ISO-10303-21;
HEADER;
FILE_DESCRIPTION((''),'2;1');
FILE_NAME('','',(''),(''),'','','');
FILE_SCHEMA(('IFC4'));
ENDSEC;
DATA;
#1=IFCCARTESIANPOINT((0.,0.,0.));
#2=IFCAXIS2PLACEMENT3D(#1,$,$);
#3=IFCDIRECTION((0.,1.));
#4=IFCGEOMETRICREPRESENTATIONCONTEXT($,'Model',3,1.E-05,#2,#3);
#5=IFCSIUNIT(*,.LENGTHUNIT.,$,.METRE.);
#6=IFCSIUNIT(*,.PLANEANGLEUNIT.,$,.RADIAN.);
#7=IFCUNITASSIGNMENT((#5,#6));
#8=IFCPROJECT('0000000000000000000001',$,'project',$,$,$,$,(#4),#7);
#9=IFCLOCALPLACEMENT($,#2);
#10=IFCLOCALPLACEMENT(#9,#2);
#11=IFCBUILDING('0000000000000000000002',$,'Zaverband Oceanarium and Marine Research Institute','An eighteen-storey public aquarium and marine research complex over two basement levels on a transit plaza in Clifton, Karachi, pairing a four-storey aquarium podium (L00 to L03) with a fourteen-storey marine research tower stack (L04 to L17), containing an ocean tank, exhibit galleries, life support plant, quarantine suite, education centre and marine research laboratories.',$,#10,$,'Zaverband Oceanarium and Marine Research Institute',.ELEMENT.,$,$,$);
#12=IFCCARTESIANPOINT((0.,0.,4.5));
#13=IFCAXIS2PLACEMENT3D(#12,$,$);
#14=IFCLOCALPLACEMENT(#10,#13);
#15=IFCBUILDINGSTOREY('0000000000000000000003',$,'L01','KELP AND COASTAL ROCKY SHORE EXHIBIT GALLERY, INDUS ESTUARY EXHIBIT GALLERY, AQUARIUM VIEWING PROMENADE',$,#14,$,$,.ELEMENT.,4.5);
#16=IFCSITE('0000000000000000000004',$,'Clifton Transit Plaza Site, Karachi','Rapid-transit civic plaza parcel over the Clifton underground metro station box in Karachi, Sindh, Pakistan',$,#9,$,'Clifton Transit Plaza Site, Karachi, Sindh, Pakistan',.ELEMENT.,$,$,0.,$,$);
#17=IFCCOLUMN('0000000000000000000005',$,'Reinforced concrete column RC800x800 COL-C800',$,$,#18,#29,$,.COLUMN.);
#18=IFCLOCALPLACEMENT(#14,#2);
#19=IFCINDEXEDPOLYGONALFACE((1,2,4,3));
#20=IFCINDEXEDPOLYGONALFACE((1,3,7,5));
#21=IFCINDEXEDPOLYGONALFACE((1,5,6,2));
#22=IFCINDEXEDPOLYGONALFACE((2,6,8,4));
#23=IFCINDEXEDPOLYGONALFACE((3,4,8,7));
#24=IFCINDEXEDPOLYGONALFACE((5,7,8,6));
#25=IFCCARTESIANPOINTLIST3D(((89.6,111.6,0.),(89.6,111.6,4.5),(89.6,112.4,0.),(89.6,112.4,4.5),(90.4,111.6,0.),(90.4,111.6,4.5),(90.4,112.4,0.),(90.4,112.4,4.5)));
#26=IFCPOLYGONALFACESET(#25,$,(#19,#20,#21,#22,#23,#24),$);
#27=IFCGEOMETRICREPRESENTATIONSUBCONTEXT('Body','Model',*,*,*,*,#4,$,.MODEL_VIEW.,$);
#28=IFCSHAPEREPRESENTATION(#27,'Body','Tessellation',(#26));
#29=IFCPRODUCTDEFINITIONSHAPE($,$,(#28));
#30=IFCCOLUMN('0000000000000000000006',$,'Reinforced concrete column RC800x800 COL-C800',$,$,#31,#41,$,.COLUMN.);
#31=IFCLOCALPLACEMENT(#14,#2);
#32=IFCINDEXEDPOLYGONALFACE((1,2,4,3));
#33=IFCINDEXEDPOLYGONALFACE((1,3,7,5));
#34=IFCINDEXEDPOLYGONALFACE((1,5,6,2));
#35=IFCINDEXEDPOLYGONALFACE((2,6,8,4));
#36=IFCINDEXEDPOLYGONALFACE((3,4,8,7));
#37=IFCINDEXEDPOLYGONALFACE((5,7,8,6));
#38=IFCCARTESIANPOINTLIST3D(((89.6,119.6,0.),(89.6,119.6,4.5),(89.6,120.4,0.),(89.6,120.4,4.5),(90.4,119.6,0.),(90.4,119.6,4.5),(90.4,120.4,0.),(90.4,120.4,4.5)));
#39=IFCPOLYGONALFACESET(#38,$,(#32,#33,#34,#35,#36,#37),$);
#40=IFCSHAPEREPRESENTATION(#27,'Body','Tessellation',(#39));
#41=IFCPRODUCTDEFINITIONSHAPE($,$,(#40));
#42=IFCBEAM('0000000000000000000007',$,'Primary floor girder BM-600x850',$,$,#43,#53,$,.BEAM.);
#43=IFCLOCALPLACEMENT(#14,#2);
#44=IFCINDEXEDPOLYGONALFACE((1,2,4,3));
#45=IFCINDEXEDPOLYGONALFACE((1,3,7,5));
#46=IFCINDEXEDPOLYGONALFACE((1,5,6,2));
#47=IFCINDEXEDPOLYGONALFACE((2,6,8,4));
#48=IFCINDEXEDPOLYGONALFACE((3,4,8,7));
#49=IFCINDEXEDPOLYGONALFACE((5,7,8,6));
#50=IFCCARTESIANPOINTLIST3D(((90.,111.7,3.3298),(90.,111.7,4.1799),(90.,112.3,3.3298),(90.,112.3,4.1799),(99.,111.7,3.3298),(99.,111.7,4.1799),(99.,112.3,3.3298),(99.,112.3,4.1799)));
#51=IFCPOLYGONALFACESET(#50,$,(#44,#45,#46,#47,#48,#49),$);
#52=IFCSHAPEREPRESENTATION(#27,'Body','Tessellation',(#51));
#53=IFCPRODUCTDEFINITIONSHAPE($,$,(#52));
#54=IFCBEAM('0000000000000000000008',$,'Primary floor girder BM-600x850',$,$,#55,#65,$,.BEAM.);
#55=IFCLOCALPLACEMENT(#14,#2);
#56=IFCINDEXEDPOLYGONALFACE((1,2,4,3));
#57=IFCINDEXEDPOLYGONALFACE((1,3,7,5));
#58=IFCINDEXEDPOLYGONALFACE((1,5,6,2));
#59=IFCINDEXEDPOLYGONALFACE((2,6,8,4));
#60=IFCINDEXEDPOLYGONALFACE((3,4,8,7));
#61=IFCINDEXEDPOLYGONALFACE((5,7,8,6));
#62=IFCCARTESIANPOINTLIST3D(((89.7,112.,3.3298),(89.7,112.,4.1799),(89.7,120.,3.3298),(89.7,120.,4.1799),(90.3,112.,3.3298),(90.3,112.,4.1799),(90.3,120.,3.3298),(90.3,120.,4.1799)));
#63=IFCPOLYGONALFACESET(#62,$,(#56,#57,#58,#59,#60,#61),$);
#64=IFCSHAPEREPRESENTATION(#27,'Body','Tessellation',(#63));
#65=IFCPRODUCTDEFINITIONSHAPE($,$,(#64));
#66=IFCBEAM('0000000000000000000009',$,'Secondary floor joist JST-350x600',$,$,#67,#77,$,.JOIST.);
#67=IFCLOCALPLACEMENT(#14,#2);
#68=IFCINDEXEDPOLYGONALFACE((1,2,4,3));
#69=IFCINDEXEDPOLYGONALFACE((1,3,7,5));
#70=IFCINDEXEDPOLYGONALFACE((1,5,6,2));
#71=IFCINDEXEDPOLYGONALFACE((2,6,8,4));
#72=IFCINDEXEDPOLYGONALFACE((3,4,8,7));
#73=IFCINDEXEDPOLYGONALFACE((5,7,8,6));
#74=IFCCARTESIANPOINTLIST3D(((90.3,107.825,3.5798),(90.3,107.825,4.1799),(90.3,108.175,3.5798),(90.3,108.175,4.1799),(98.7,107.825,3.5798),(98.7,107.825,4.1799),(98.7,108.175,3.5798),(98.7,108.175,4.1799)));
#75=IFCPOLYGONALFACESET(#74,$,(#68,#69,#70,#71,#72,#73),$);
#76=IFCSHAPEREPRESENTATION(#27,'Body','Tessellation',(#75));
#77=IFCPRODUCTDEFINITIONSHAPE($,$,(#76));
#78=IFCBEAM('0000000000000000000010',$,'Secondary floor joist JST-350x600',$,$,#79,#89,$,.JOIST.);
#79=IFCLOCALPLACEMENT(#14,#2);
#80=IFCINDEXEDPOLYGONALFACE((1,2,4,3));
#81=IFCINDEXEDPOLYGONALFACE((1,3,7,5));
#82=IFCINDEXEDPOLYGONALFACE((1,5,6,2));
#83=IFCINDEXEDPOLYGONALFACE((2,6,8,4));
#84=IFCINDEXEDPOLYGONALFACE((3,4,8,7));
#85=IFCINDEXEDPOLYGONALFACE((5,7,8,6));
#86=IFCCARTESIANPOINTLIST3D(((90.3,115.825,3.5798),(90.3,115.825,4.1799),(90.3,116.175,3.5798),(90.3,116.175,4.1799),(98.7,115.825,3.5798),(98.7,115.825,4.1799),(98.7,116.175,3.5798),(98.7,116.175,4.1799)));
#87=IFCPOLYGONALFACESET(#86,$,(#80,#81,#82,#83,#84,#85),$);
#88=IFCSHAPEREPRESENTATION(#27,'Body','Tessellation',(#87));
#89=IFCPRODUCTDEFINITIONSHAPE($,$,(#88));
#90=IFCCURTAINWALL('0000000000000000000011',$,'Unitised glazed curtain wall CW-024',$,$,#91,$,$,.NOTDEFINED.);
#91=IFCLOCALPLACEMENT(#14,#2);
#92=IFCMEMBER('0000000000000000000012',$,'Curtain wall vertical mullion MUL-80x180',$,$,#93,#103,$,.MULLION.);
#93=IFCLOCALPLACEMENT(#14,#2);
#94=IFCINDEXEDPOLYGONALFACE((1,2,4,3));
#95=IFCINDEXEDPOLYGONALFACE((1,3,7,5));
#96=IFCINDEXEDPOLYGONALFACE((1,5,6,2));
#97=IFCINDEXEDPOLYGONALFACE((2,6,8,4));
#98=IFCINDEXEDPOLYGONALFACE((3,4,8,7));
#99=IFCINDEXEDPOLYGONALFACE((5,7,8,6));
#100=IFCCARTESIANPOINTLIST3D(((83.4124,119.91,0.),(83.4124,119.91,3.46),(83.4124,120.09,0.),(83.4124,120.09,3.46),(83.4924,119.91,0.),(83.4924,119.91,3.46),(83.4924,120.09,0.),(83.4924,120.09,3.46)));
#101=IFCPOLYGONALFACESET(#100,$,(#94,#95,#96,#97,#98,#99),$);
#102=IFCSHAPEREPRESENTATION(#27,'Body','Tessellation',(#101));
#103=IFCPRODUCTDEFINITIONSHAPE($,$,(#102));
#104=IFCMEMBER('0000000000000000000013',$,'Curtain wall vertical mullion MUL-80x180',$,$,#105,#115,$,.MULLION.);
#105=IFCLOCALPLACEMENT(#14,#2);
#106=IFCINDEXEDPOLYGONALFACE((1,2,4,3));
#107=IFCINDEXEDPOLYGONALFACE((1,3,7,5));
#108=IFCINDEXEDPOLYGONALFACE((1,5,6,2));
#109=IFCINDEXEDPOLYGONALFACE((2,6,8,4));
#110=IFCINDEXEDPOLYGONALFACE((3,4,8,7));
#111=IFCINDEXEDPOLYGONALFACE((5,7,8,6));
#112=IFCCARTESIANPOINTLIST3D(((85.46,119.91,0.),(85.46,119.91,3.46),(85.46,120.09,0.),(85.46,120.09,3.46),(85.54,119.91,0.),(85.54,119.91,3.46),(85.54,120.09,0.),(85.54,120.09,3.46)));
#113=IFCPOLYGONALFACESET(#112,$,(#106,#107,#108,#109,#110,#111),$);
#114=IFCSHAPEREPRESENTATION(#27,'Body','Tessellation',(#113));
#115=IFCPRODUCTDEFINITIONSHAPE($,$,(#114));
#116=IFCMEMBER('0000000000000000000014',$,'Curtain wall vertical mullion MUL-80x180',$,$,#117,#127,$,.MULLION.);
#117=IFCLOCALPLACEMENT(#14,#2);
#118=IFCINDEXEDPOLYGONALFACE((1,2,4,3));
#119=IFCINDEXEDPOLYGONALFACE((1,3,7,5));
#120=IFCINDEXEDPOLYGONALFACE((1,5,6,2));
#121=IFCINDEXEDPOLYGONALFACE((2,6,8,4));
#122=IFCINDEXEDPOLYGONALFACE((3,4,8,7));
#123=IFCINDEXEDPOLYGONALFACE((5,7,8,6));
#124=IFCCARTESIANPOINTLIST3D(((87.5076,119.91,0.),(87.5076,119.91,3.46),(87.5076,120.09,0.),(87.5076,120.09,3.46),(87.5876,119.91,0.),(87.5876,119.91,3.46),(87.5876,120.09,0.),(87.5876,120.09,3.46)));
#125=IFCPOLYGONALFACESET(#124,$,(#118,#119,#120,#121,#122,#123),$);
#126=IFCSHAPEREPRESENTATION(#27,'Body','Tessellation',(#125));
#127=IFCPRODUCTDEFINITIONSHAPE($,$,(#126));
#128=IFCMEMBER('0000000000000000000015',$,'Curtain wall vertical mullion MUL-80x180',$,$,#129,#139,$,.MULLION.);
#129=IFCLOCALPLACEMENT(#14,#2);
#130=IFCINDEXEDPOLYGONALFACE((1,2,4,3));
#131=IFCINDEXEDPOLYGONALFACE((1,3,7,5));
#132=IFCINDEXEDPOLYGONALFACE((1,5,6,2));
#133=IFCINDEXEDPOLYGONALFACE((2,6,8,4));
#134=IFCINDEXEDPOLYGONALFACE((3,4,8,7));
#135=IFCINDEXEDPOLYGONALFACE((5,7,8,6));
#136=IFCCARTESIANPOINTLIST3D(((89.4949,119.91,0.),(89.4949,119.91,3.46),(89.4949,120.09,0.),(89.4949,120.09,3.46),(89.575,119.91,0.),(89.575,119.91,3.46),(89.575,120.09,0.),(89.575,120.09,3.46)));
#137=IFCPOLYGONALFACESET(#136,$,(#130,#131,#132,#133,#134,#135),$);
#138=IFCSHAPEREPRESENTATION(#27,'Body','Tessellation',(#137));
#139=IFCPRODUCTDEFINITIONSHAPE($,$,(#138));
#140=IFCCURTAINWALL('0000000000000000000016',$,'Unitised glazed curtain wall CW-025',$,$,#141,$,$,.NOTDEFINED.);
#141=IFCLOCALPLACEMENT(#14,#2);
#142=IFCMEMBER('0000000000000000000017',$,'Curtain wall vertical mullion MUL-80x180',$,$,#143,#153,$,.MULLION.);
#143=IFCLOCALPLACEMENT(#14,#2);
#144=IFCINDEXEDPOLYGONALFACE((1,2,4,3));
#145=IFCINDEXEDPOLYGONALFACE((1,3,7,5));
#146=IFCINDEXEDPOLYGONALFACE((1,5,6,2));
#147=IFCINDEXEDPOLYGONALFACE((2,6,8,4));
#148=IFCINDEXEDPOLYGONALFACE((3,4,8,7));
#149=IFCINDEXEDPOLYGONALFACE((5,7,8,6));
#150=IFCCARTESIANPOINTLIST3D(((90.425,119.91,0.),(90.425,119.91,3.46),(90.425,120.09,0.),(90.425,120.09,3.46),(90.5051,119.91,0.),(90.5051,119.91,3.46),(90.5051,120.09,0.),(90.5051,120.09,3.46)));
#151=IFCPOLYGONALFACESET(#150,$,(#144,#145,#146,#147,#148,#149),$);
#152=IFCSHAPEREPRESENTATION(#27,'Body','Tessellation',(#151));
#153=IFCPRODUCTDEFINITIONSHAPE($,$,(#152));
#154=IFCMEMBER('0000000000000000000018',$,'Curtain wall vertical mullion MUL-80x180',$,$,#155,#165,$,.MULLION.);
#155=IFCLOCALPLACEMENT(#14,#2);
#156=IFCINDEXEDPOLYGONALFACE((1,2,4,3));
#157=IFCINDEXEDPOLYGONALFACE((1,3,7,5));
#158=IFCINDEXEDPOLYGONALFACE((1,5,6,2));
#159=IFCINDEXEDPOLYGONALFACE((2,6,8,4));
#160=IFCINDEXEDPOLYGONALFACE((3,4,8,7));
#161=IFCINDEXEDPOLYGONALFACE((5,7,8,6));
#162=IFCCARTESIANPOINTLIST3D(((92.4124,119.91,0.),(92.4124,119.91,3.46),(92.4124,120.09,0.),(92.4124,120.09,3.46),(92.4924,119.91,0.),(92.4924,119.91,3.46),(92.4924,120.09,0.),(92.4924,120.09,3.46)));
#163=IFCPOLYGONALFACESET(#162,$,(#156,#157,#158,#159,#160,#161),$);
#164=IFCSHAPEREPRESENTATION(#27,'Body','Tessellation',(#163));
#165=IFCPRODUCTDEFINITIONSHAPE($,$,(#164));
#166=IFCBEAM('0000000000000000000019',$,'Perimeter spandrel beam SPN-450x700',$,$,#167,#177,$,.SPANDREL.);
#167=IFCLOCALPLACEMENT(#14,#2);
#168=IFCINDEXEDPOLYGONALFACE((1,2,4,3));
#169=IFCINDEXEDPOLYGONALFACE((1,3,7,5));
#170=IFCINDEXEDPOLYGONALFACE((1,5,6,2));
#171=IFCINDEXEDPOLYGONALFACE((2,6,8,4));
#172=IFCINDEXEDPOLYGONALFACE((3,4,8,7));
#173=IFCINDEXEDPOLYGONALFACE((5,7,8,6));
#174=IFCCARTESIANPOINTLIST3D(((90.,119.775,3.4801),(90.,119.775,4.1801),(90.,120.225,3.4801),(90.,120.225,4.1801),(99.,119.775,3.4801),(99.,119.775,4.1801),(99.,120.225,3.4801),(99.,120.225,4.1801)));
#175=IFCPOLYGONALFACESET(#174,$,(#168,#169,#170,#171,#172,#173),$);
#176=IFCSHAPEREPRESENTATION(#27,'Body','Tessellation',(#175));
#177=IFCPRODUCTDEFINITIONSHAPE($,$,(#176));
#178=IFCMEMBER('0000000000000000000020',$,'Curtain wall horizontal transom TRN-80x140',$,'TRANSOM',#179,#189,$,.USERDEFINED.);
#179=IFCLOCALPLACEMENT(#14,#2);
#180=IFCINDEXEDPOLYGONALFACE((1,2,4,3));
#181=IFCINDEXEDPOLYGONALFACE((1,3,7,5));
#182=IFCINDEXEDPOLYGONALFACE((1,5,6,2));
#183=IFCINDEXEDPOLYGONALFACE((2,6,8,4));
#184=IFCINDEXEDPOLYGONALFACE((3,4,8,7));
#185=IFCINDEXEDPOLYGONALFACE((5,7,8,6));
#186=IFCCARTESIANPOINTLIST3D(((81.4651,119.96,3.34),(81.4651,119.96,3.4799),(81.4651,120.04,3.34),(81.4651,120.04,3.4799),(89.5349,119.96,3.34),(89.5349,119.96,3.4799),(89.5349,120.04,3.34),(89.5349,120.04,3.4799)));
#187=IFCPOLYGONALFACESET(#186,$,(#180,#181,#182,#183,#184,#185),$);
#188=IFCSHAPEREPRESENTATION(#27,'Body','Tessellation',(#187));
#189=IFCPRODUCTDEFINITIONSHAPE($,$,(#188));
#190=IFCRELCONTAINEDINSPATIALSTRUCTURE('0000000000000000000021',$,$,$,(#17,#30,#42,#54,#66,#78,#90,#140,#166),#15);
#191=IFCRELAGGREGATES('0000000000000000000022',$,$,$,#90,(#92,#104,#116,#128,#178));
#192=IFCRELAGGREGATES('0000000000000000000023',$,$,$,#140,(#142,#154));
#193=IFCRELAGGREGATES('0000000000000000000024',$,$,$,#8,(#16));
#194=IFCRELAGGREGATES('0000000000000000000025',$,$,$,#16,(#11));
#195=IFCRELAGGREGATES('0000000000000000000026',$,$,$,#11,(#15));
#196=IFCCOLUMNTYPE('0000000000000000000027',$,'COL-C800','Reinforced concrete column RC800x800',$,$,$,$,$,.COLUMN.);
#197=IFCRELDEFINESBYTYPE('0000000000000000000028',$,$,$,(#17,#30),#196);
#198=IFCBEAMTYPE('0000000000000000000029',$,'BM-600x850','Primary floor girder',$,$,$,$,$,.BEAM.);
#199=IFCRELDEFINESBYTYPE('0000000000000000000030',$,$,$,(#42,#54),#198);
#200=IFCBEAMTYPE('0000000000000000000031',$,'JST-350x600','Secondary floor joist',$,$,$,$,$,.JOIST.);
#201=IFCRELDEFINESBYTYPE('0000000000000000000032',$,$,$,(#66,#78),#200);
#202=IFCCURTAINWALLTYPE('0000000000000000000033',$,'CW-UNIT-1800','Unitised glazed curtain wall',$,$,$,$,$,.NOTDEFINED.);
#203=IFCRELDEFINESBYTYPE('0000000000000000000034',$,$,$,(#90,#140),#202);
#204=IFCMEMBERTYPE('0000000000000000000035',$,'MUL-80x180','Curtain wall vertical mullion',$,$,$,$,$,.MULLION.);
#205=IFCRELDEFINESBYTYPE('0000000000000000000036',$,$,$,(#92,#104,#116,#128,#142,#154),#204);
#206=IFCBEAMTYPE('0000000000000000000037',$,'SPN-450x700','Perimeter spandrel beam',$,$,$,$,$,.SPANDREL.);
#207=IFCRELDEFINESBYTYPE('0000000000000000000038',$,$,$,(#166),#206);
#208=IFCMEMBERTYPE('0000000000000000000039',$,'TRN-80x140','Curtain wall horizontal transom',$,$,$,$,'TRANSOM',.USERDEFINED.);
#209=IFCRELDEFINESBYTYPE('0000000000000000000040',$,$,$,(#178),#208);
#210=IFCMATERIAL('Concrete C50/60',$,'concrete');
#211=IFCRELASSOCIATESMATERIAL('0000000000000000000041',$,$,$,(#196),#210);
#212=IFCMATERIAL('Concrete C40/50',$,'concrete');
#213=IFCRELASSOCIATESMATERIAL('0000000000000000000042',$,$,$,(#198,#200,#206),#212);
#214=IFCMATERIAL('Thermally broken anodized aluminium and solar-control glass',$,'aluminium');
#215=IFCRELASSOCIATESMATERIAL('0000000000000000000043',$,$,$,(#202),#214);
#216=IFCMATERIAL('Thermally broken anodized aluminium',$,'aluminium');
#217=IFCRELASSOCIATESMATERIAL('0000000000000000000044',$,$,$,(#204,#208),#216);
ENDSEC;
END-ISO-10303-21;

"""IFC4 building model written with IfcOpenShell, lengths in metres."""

from ifc_helpers import new_model, si_unit, direction, frame, origin, origin_2d, place, context, subcontext, project, spatial, rectangle, extrude, material, material_profile, profile_set, type_object, element, aggregate, save


model = new_model("IFC4")

# Units and contexts
model_context = context("Model", 3, precision=1e-05, world=origin(), true_north=direction((0.0, 1.0)))
body_context = subcontext(model_context, "Body", "Model", "MODEL_VIEW")
ifc_project = project(units=[si_unit("LENGTHUNIT", "METRE"), si_unit("PLANEANGLEUNIT", "RADIAN")], contexts=[model_context])

# Site, building, storey
site_placement = place(None, origin())
site = spatial("IfcSite", under=ifc_project, at=site_placement, Name="Clifton Transit Plaza Site, Karachi", Description="Rapid-transit civic plaza parcel over the Clifton underground metro station box in Karachi, Sindh, Pakistan", LongName="Clifton Transit Plaza Site, Karachi, Sindh, Pakistan", CompositionType="ELEMENT", RefElevation=0.0)
building_placement = place(site_placement, origin())
building = spatial("IfcBuilding", under=site, at=building_placement, Name="Zaverband Oceanarium and Marine Research Institute", Description="An eighteen-storey public aquarium and marine research complex over two basement levels on a transit plaza in Clifton, Karachi, pairing a four-storey aquarium podium (L00 to L03) with a fourteen-storey marine research tower stack (L04 to L17), containing an ocean tank, exhibit galleries, life support plant, quarantine suite, education centre and marine research laboratories.", LongName="Zaverband Oceanarium and Marine Research Institute", CompositionType="ELEMENT")
storey_placement = place(building_placement, frame((0.0, 0.0, 4.5)))
storey = spatial("IfcBuildingStorey", under=building, at=storey_placement, Name="L01", Description="KELP AND COASTAL ROCKY SHORE EXHIBIT GALLERY, INDUS ESTUARY EXHIBIT GALLERY, AQUARIUM VIEWING PROMENADE", CompositionType="ELEMENT", Elevation=4.5)

# Columns
ifc_material_1 = material(Name="Concrete C50/60", Category="concrete")
ifc_material_profile_1 = material_profile(ifc_material_1, rectangle(XDim=0.8, YDim=0.8, at=origin_2d()), Name="RC800x800")
ifc_profile_set_1 = profile_set([ifc_material_profile_1], Name="Concrete C50/60")
column_type = type_object("IfcColumnType", Name="COL-C800", Description="Reinforced concrete column RC800x800", PredefinedType="COLUMN", material=ifc_profile_set_1)
for number, where, z_axis, x_axis, name in (
    (1, (90.0, 112.0, 0.0), (0.0, 0.0, 1.0), (1.0, 0.0, 0.0), "Reinforced concrete column RC800x800 COL-C800"),
    (2, (90.0, 120.0, 0.0), (0.0, 0.0, 1.0), (1.0, 0.0, 0.0), "Reinforced concrete column RC800x800 COL-C800"),
):
    element("IfcColumn", number, at=place(storey_placement, frame(where, z_axis=z_axis, x_axis=x_axis)), inside=storey, type_object=column_type, Name=name, PredefinedType="COLUMN", context=body_context, shape_type="SweptSolid", body=[
        extrude(rectangle(XDim=0.8, YDim=0.8, at=origin_2d()), origin(), (0.0, 0.0, 1.0), 4.5),
    ])

# Beams
ifc_material_2 = material(Name="Concrete C40/50", Category="concrete")
ifc_material_profile_2 = material_profile(ifc_material_2, rectangle(XDim=0.6001, YDim=0.8501, at=origin_2d()), Name="RC600x850")
ifc_profile_set_2 = profile_set([ifc_material_profile_2], Name="Concrete C40/50")
beam_type_1 = type_object("IfcBeamType", Name="BM-600x850", Description="Primary floor girder", PredefinedType="BEAM", material=ifc_profile_set_2)
beam_1_placement = place(storey_placement, frame((90.0, 112.0, 3.7549), z_axis=(1.0, 0.0, 0.0), x_axis=(0.0, 1.0, 0.0)))
element("IfcBeam", 3, at=beam_1_placement, inside=storey, type_object=beam_type_1, Name="Primary floor girder BM-600x850", PredefinedType="BEAM", context=body_context, shape_type="SweptSolid", body=[
    extrude(rectangle(XDim=0.6001, YDim=0.8501, at=origin_2d()), origin(), (0.0, 0.0, 1.0), 9.0),
])
beam_2_placement = place(storey_placement, frame((90.0, 112.0, 3.7549), z_axis=(0.0, 1.0, 0.0), x_axis=(-1.0, 0.0, 0.0)))
element("IfcBeam", 4, at=beam_2_placement, inside=storey, type_object=beam_type_1, Name="Primary floor girder BM-600x850", PredefinedType="BEAM", context=body_context, shape_type="SweptSolid", body=[
    extrude(rectangle(XDim=0.6001, YDim=0.8501, at=origin_2d()), origin(), (0.0, 0.0, 1.0), 8.0),
])
ifc_material_profile_3 = material_profile(ifc_material_2, rectangle(XDim=0.3501, YDim=0.6001, at=origin_2d()), Name="RC350x600")
ifc_profile_set_3 = profile_set([ifc_material_profile_3], Name="Concrete C40/50")
beam_type_2 = type_object("IfcBeamType", Name="JST-350x600", Description="Secondary floor joist", PredefinedType="JOIST", material=ifc_profile_set_3)
for number, where, z_axis, x_axis, name in (
    (5, (90.3, 108.0, 3.8799), (1.0, 0.0, 0.0), (0.0, 1.0, 0.0), "Secondary floor joist JST-350x600"),
    (6, (90.3, 116.0, 3.8799), (1.0, 0.0, 0.0), (0.0, 1.0, 0.0), "Secondary floor joist JST-350x600"),
):
    element("IfcBeam", number, at=place(storey_placement, frame(where, z_axis=z_axis, x_axis=x_axis)), inside=storey, type_object=beam_type_2, Name=name, PredefinedType="JOIST", context=body_context, shape_type="SweptSolid", body=[
        extrude(rectangle(XDim=0.3501, YDim=0.6001, at=origin_2d()), origin(), (0.0, 0.0, 1.0), 8.3999),
    ])

# Curtain walls, members
ifc_material_3 = material(Name="Thermally broken anodized aluminium and solar-control glass", Category="aluminium")
curtain_wall_type = type_object("IfcCurtainWallType", Name="CW-UNIT-1800", Description="Unitised glazed curtain wall", PredefinedType="NOTDEFINED", material=ifc_material_3)
curtain_wall_1_placement = place(storey_placement, origin())
curtain_wall_1 = element("IfcCurtainWall", 7, at=curtain_wall_1_placement, inside=storey, type_object=curtain_wall_type, Name="Unitised glazed curtain wall CW-024", PredefinedType="NOTDEFINED")
ifc_material_4 = material(Name="Thermally broken anodized aluminium", Category="aluminium")
ifc_material_profile_4 = material_profile(ifc_material_4, rectangle(XDim=0.0801, YDim=0.1799, at=origin_2d()), Name="AL-MUL-80x180")
ifc_profile_set_4 = profile_set([ifc_material_profile_4], Name="Thermally broken anodized aluminium")
member_type_1 = type_object("IfcMemberType", Name="MUL-80x180", Description="Curtain wall vertical mullion", PredefinedType="MULLION", material=ifc_profile_set_4)
member_1_placement = place(storey_placement, frame((83.4524, 120.0, 0.0), z_axis=(0.0, 0.0, 1.0), x_axis=(1.0, 0.0, 0.0)))
member_1 = element("IfcMember", 8, at=member_1_placement, type_object=member_type_1, Name="Curtain wall vertical mullion MUL-80x180", PredefinedType="MULLION", context=body_context, shape_type="SweptSolid", body=[
    extrude(rectangle(XDim=0.0801, YDim=0.1799, at=origin_2d()), origin(), (0.0, 0.0, 1.0), 3.46),
])
member_2_placement = place(storey_placement, frame((85.5, 120.0, 0.0), z_axis=(0.0, 0.0, 1.0), x_axis=(1.0, 0.0, 0.0)))
member_2 = element("IfcMember", 9, at=member_2_placement, type_object=member_type_1, Name="Curtain wall vertical mullion MUL-80x180", PredefinedType="MULLION", context=body_context, shape_type="SweptSolid", body=[
    extrude(rectangle(XDim=0.0801, YDim=0.1799, at=origin_2d()), origin(), (0.0, 0.0, 1.0), 3.46),
])
member_3_placement = place(storey_placement, frame((87.5476, 120.0, 0.0), z_axis=(0.0, 0.0, 1.0), x_axis=(1.0, 0.0, 0.0)))
member_3 = element("IfcMember", 10, at=member_3_placement, type_object=member_type_1, Name="Curtain wall vertical mullion MUL-80x180", PredefinedType="MULLION", context=body_context, shape_type="SweptSolid", body=[
    extrude(rectangle(XDim=0.0801, YDim=0.1799, at=origin_2d()), origin(), (0.0, 0.0, 1.0), 3.46),
])
member_4_placement = place(storey_placement, frame((89.5349, 120.0, 0.0), z_axis=(0.0, 0.0, 1.0), x_axis=(1.0, 0.0, 0.0)))
member_4 = element("IfcMember", 11, at=member_4_placement, type_object=member_type_1, Name="Curtain wall vertical mullion MUL-80x180", PredefinedType="MULLION", context=body_context, shape_type="SweptSolid", body=[
    extrude(rectangle(XDim=0.0801, YDim=0.1799, at=origin_2d()), origin(), (0.0, 0.0, 1.0), 3.46),
])
curtain_wall_2_placement = place(storey_placement, origin())
curtain_wall_2 = element("IfcCurtainWall", 12, at=curtain_wall_2_placement, inside=storey, type_object=curtain_wall_type, Name="Unitised glazed curtain wall CW-025", PredefinedType="NOTDEFINED")
member_5_placement = place(storey_placement, frame((90.4651, 120.0, 0.0), z_axis=(0.0, 0.0, 1.0), x_axis=(1.0, 0.0, 0.0)))
member_5 = element("IfcMember", 13, at=member_5_placement, type_object=member_type_1, Name="Curtain wall vertical mullion MUL-80x180", PredefinedType="MULLION", context=body_context, shape_type="SweptSolid", body=[
    extrude(rectangle(XDim=0.0801, YDim=0.1799, at=origin_2d()), origin(), (0.0, 0.0, 1.0), 3.46),
])
member_6_placement = place(storey_placement, frame((92.4524, 120.0, 0.0), z_axis=(0.0, 0.0, 1.0), x_axis=(1.0, 0.0, 0.0)))
member_6 = element("IfcMember", 14, at=member_6_placement, type_object=member_type_1, Name="Curtain wall vertical mullion MUL-80x180", PredefinedType="MULLION", context=body_context, shape_type="SweptSolid", body=[
    extrude(rectangle(XDim=0.0801, YDim=0.1799, at=origin_2d()), origin(), (0.0, 0.0, 1.0), 3.46),
])

# Beam
ifc_material_profile_5 = material_profile(ifc_material_2, rectangle(XDim=0.45, YDim=0.7, at=origin_2d()), Name="RC450x700")
ifc_profile_set_5 = profile_set([ifc_material_profile_5], Name="Concrete C40/50")
beam_type_3 = type_object("IfcBeamType", Name="SPN-450x700", Description="Perimeter spandrel beam", PredefinedType="SPANDREL", material=ifc_profile_set_5)
beam_3_placement = place(storey_placement, frame((90.0, 120.0, 3.8301), z_axis=(1.0, 0.0, 0.0), x_axis=(0.0, 1.0, 0.0)))
element("IfcBeam", 15, at=beam_3_placement, inside=storey, type_object=beam_type_3, Name="Perimeter spandrel beam SPN-450x700", PredefinedType="SPANDREL", context=body_context, shape_type="SweptSolid", body=[
    extrude(rectangle(XDim=0.45, YDim=0.7, at=origin_2d()), origin(), (0.0, 0.0, 1.0), 9.0),
])

# Member
ifc_material_profile_6 = material_profile(ifc_material_4, rectangle(XDim=0.0801, YDim=0.1399, at=origin_2d()), Name="AL-TRN-80x140")
ifc_profile_set_6 = profile_set([ifc_material_profile_6], Name="Thermally broken anodized aluminium")
member_type_2 = type_object("IfcMemberType", Name="TRN-80x140", Description="Curtain wall horizontal transom", ElementType="TRANSOM", PredefinedType="USERDEFINED", material=ifc_profile_set_6)
member_7_placement = place(storey_placement, frame((81.4651, 120.0, 3.4099), z_axis=(1.0, 0.0, 0.0), x_axis=(0.0, 1.0, 0.0)))
member_7 = element("IfcMember", 16, at=member_7_placement, type_object=member_type_2, Name="Curtain wall horizontal transom TRN-80x140", ObjectType="TRANSOM", PredefinedType="USERDEFINED", context=body_context, shape_type="SweptSolid", body=[
    extrude(rectangle(XDim=0.0801, YDim=0.1399, at=origin_2d()), origin(), (0.0, 0.0, 1.0), 8.0698),
])

aggregate(curtain_wall_1, [member_1, member_2, member_3, member_4, member_7])
aggregate(curtain_wall_2, [member_5, member_6])

save(model, "model.ifc")
